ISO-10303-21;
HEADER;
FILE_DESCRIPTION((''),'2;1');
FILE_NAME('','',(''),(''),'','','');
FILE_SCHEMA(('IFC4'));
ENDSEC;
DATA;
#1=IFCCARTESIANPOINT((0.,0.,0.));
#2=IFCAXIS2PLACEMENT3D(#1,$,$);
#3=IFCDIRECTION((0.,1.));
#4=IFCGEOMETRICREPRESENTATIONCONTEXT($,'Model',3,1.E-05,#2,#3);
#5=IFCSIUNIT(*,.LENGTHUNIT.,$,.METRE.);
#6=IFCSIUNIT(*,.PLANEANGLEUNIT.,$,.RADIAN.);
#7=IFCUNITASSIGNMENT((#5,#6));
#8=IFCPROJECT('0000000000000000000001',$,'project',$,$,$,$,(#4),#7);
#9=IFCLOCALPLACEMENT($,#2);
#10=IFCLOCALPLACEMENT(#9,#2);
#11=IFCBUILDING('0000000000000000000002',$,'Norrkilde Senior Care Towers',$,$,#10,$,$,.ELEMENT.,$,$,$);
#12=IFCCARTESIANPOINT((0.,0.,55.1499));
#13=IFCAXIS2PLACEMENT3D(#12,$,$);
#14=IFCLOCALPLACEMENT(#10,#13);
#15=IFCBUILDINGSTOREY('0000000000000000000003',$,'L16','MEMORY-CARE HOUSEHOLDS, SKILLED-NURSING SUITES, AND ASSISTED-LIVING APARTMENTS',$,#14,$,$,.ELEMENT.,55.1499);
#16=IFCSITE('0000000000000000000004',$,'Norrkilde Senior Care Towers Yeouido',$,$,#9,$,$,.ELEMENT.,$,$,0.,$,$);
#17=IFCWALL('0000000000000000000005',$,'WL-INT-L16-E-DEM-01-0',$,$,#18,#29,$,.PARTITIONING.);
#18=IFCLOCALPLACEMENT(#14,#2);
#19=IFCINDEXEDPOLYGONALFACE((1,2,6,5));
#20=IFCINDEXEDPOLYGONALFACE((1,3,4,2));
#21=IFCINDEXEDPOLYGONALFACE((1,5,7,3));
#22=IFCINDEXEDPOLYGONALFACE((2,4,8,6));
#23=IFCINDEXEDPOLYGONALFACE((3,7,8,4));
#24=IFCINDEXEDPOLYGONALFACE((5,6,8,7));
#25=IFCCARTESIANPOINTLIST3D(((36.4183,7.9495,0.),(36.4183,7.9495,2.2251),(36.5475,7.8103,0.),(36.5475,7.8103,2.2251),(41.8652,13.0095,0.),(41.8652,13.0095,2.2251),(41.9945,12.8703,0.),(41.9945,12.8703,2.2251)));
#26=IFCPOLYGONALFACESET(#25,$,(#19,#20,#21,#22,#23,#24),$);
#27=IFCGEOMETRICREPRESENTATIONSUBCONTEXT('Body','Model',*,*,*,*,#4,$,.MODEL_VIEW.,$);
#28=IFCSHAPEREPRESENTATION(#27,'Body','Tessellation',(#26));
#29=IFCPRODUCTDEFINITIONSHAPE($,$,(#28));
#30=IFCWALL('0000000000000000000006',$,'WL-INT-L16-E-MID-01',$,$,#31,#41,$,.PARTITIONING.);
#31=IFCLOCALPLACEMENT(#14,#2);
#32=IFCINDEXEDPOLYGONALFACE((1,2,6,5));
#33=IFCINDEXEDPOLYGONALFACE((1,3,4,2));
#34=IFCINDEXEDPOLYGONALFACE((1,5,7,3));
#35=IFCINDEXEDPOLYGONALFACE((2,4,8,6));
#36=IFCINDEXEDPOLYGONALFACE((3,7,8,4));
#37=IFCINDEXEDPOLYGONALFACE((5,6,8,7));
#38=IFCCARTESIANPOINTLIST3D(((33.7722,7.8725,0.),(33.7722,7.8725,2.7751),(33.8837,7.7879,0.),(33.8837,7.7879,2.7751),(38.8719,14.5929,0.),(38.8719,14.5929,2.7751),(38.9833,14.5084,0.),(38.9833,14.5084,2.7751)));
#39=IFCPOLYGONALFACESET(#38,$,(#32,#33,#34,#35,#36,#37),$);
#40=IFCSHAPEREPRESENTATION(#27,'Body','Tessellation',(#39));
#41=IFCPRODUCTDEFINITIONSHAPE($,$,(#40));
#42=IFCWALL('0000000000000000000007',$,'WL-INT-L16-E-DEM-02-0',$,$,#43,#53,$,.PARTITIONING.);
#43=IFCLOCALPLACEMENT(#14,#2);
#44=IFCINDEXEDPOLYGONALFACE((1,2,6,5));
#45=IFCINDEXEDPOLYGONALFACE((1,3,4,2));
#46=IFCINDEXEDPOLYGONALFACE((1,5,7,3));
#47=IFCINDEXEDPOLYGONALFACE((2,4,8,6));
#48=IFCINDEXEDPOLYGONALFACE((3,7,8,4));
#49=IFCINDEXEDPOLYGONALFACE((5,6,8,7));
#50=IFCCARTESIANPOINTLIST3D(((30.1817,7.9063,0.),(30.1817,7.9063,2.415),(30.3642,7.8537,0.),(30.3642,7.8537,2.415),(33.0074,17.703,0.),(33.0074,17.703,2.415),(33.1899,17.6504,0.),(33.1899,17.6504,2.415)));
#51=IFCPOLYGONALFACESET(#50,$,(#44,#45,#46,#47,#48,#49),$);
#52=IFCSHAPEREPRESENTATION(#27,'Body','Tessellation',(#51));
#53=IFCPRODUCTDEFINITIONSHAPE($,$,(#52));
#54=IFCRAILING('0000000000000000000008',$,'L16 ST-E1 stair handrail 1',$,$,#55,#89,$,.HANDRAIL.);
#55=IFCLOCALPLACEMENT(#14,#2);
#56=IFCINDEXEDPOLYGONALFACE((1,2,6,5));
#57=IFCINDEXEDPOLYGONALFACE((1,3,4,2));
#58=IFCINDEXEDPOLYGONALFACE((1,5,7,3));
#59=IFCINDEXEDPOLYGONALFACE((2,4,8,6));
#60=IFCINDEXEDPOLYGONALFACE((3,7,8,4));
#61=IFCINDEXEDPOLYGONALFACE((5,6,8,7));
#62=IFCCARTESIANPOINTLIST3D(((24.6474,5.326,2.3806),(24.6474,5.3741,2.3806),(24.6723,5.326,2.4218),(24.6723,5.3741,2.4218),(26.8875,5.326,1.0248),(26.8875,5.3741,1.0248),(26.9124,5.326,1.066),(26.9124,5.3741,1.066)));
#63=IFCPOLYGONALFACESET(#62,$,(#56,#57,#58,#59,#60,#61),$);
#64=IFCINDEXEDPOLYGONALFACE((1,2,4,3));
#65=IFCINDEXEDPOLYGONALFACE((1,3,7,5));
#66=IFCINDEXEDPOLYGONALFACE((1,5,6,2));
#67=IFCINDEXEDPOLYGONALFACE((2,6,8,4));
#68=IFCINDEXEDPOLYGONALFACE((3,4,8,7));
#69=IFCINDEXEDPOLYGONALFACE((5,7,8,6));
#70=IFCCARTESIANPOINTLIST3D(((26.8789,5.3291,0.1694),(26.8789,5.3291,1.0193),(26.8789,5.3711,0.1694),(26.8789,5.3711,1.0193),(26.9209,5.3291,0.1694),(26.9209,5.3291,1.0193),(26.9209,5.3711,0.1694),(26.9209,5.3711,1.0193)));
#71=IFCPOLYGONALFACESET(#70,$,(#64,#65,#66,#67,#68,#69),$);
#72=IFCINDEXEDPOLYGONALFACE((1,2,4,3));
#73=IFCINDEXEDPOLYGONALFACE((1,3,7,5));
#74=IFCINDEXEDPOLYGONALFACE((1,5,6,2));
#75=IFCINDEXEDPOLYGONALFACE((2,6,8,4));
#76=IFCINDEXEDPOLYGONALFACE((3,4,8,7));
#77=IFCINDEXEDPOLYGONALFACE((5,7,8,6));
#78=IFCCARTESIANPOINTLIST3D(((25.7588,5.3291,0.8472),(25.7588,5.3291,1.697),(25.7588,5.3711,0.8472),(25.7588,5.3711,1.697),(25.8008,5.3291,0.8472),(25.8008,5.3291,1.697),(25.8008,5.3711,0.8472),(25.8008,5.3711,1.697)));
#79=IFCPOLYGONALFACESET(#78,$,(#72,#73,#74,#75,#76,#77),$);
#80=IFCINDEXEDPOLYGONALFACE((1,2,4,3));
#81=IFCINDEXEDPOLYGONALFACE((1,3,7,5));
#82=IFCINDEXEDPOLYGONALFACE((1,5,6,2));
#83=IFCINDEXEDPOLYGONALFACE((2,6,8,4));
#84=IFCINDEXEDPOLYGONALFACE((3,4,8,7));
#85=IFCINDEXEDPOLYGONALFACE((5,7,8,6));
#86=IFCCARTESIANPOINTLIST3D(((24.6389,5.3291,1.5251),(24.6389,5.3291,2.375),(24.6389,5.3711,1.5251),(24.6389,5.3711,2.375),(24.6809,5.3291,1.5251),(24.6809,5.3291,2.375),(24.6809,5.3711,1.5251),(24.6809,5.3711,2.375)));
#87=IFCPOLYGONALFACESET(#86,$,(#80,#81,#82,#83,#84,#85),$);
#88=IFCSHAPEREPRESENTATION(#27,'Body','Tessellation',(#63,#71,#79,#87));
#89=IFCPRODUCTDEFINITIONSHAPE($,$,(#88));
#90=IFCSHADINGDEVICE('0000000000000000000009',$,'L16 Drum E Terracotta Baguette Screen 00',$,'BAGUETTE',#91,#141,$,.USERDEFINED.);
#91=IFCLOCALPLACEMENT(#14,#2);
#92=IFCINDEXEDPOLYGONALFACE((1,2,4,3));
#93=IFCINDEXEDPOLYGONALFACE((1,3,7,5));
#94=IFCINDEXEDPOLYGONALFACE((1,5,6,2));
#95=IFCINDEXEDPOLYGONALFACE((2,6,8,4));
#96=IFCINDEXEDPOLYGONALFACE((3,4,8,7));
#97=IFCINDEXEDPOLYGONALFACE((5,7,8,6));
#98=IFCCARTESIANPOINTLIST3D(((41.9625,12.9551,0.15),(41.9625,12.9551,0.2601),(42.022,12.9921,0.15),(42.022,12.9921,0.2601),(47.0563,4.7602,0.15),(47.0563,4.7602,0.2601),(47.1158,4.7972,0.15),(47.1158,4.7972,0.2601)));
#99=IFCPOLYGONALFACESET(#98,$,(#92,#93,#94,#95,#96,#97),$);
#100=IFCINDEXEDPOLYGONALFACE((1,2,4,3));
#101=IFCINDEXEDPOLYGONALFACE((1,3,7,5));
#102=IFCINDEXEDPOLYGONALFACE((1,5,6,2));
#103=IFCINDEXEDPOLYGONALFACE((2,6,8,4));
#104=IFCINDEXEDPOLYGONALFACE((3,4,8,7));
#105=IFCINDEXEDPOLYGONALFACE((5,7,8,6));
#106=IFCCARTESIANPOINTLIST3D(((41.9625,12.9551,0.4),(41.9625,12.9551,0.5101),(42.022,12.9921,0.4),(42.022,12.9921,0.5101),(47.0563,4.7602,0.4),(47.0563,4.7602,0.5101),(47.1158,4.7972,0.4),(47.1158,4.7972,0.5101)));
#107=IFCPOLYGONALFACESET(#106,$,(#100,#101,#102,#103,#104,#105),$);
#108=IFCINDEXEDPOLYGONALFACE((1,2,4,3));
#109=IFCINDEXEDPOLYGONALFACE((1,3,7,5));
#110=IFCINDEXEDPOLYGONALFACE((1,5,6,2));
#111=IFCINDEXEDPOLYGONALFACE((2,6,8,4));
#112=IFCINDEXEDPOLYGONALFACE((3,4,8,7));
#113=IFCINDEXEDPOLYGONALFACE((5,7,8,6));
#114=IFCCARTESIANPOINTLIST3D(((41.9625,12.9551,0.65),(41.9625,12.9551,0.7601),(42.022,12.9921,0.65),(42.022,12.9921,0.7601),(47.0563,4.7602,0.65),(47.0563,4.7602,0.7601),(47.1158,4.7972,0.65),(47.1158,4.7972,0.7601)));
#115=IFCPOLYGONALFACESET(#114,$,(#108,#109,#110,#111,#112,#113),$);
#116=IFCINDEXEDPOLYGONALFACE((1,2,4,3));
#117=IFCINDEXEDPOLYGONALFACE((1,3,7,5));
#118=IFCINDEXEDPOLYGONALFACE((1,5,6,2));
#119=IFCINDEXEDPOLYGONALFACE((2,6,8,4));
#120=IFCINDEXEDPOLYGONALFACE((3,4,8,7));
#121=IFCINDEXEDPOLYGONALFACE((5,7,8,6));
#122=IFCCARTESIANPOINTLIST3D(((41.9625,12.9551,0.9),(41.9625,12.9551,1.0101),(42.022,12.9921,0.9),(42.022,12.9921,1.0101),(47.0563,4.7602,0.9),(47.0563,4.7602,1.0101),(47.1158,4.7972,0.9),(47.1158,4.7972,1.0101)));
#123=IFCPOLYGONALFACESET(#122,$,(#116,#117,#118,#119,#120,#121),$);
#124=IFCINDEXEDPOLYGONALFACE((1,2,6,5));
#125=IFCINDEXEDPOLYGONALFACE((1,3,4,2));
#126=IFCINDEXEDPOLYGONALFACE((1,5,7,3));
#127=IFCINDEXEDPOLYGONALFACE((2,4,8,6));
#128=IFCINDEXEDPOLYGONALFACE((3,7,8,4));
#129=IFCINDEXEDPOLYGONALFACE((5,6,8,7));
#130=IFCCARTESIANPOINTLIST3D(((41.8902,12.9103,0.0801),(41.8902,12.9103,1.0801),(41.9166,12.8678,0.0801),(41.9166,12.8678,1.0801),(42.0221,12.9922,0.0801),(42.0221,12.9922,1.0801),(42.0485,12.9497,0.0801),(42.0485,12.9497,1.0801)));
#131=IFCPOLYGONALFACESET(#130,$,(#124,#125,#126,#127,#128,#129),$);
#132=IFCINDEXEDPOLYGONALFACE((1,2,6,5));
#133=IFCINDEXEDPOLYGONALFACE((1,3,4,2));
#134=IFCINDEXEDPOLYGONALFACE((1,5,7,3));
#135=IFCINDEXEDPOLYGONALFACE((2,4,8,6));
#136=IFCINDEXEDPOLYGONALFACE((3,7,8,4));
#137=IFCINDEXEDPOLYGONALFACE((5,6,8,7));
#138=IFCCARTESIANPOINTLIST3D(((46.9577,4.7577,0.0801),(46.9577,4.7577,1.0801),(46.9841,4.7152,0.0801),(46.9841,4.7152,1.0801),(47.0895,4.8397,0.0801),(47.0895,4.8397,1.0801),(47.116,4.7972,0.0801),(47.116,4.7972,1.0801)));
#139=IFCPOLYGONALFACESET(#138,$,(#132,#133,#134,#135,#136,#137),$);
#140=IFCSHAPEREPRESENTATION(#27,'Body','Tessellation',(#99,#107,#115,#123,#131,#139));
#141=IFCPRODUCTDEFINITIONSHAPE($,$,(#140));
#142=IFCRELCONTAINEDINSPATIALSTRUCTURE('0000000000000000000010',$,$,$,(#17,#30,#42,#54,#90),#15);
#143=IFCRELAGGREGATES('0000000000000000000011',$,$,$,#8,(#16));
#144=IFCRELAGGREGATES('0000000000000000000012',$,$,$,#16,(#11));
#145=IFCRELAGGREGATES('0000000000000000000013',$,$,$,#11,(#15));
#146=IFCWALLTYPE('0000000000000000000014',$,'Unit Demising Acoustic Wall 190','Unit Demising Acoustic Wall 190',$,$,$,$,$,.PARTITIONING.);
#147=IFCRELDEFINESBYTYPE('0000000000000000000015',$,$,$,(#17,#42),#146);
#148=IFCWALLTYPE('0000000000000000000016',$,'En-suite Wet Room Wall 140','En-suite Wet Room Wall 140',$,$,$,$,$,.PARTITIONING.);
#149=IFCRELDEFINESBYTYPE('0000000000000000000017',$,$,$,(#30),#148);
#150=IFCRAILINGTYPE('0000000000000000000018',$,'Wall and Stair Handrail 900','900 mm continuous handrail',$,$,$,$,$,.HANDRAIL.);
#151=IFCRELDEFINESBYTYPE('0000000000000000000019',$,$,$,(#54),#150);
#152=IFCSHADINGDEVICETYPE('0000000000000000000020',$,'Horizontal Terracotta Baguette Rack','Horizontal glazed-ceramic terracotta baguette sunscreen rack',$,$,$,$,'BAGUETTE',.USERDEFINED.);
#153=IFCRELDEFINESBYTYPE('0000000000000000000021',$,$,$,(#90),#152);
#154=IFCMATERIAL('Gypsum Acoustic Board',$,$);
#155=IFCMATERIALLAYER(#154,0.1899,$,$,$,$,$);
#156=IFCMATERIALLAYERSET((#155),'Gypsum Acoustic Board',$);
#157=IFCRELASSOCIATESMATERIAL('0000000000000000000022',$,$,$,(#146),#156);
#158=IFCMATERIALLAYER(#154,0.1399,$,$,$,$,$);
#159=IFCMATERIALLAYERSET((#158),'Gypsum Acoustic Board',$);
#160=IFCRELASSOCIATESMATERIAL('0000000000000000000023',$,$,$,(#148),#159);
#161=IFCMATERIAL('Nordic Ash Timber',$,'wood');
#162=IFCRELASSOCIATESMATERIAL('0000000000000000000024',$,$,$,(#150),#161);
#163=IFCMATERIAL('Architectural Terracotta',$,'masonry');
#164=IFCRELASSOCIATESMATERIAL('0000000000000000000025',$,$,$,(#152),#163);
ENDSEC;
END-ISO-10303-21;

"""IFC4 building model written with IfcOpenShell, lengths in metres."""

from ifc_helpers import new_model, si_unit, direction, frame, frame_2d, origin, origin_2d, place, context, subcontext, project, spatial, rectangle, extrude, source, transform, mapped, material, layer, layer_set, type_object, type_shapes, element, save


model = new_model("IFC4")

# Units and contexts
model_context = context("Model", 3, precision=1e-05, world=origin(), true_north=direction((0.0, 1.0)))
body_context = subcontext(model_context, "Body", "Model", "MODEL_VIEW")
ifc_project = project(units=[si_unit("LENGTHUNIT", "METRE"), si_unit("PLANEANGLEUNIT", "RADIAN")], contexts=[model_context])

# Site, building, storey
site_placement = place(None, origin())
site = spatial("IfcSite", under=ifc_project, at=site_placement, Name="Norrkilde Senior Care Towers Yeouido", CompositionType="ELEMENT", RefElevation=0.0)
building_placement = place(site_placement, origin())
building = spatial("IfcBuilding", under=site, at=building_placement, Name="Norrkilde Senior Care Towers", CompositionType="ELEMENT")
storey_placement = place(building_placement, frame((0.0, 0.0, 55.1499)))
storey = spatial("IfcBuildingStorey", under=building, at=storey_placement, Name="L16", Description="MEMORY-CARE HOUSEHOLDS, SKILLED-NURSING SUITES, AND ASSISTED-LIVING APARTMENTS", CompositionType="ELEMENT", Elevation=55.1499)

# Shared definitions
ifc_material_1 = material(Name="Gypsum Acoustic Board")
ifc_material_2 = material(Name="Nordic Ash Timber", Category="wood")

# Walls
ifc_layer_1 = layer(ifc_material_1, 0.1899)
ifc_layer_set_1 = layer_set([ifc_layer_1], Name="Gypsum Acoustic Board")
wall_type_1 = type_object("IfcWallType", Name="Unit Demising Acoustic Wall 190", Description="Unit Demising Acoustic Wall 190", PredefinedType="PARTITIONING", material=ifc_layer_set_1)
shared_shape_1 = source(origin(), body_context, "Body", "SweptSolid", [
    extrude(rectangle(XDim=7.4346, YDim=0.1899, at=frame_2d((3.7173, 0.0))), origin(), (0.0, 0.0, 1.0), 2.2251),
])
wall_1_placement = place(storey_placement, frame((36.4829, 7.8799, 0.0), z_axis=(0.0, 0.0, 1.0), x_axis=(0.732652, 0.680603, 0.0)))
element("IfcWall", 1, at=wall_1_placement, inside=storey, type_object=wall_type_1, Name="WL-INT-L16-E-DEM-01-0", PredefinedType="PARTITIONING", context=body_context, shape_type="MappedRepresentation", body=[
    mapped(shared_shape_1, transform((0.0, 0.0, 0.0), x_axis=(1.0, 0.0, 0.0), y_axis=(0.0, 1.0, 0.0), z_axis=(0.0, 0.0, 1.0), scale=1.0)),
])
ifc_layer_2 = layer(ifc_material_1, 0.1399)
ifc_layer_set_2 = layer_set([ifc_layer_2], Name="Gypsum Acoustic Board")
wall_type_2 = type_object("IfcWallType", Name="En-suite Wet Room Wall 140", Description="En-suite Wet Room Wall 140", PredefinedType="PARTITIONING", material=ifc_layer_set_2)
shared_shape_2 = source(origin(), body_context, "Body", "SweptSolid", [
    extrude(rectangle(XDim=8.4363, YDim=0.1399, at=frame_2d((4.2183, 0.0))), origin(), (0.0, 0.0, 1.0), 2.7751),
])
type_shapes(wall_type_2, [shared_shape_2])
wall_2_placement = place(storey_placement, frame((33.8279, 7.8301, 0.0), z_axis=(0.0, 0.0, 1.0), x_axis=(0.604487, 0.796615, 0.0)))
element("IfcWall", 2, at=wall_2_placement, inside=storey, type_object=wall_type_2, Name="WL-INT-L16-E-MID-01", PredefinedType="PARTITIONING", context=body_context, shape_type="MappedRepresentation", body=[
    mapped(shared_shape_2, transform((0.0, 0.0, 0.0), x_axis=(1.0, 0.0, 0.0), y_axis=(0.0, 1.0, 0.0), z_axis=(0.0, 0.0, 1.0), scale=1.0)),
])
shared_shape_3 = source(origin(), body_context, "Body", "SweptSolid", [
    extrude(rectangle(XDim=10.196, YDim=0.1899, at=frame_2d((5.0981, 0.0))), origin(), (0.0, 0.0, 1.0), 2.415),
])
type_shapes(wall_type_1, [shared_shape_1, shared_shape_3])
wall_3_placement = place(storey_placement, frame((30.2729, 7.8799, 0.0), z_axis=(0.0, 0.0, 1.0), x_axis=(0.277136, 0.960831, 0.0)))
element("IfcWall", 3, at=wall_3_placement, inside=storey, type_object=wall_type_1, Name="WL-INT-L16-E-DEM-02-0", PredefinedType="PARTITIONING", context=body_context, shape_type="MappedRepresentation", body=[
    mapped(shared_shape_3, transform((0.0, 0.0, 0.0), x_axis=(1.0, 0.0, 0.0), y_axis=(0.0, 1.0, 0.0), z_axis=(0.0, 0.0, 1.0), scale=1.0)),
])

# Railing
railing_type = type_object("IfcRailingType", Name="Wall and Stair Handrail 900", Description="900 mm continuous handrail", PredefinedType="HANDRAIL", material=ifc_material_2)
railing_placement = place(storey_placement, frame((26.8999, 5.3501, 0.1694)))
element("IfcRailing", 4, at=railing_placement, inside=storey, type_object=railing_type, Name="L16 ST-E1 stair handrail 1", PredefinedType="HANDRAIL", context=body_context, shape_type="SweptSolid", body=[
    extrude(rectangle(XDim=0.0481, YDim=0.0481, at=origin_2d()), frame((0.0, 0.0, 0.876), z_axis=(-0.855512, 0.0, 0.517783), x_axis=(0.0, -1.0, 0.0)), (0.0, 0.0, 1.0), 2.6184),
    extrude(rectangle(XDim=0.042, YDim=0.042, at=origin_2d()), origin(), (0.0, 0.0, 1.0), 0.8499),
    extrude(rectangle(XDim=0.042, YDim=0.042, at=origin_2d()), frame((-1.1201, 0.0, 0.6777)), (0.0, 0.0, 1.0), 0.8499),
    extrude(rectangle(XDim=0.042, YDim=0.042, at=origin_2d()), frame((-2.24, 0.0, 1.3557)), (0.0, 0.0, 1.0), 0.8499),
])

# Shading device
ifc_material_3 = material(Name="Architectural Terracotta", Category="masonry")
shading_device_type = type_object("IfcShadingDeviceType", Name="Horizontal Terracotta Baguette Rack", Description="Horizontal glazed-ceramic terracotta baguette sunscreen rack", ElementType="BAGUETTE", PredefinedType="USERDEFINED", material=ifc_material_3)
shared_shape_4 = source(origin(), body_context, "Body", "SweptSolid", [
    extrude(rectangle(XDim=0.0701, YDim=0.1101, at=origin_2d()), frame((0.0, 0.0901, 0.125), z_axis=(1.0, 0.0, 0.0), x_axis=(0.0, 1.0, 0.0)), (0.0, 0.0, 1.0), 9.6489),
    extrude(rectangle(XDim=0.0701, YDim=0.1101, at=origin_2d()), frame((0.0, 0.0901, 0.375), z_axis=(1.0, 0.0, 0.0), x_axis=(0.0, 1.0, 0.0)), (0.0, 0.0, 1.0), 9.6489),
    extrude(rectangle(XDim=0.0701, YDim=0.1101, at=origin_2d()), frame((0.0, 0.0901, 0.625), z_axis=(1.0, 0.0, 0.0), x_axis=(0.0, 1.0, 0.0)), (0.0, 0.0, 1.0), 9.6489),
    extrude(rectangle(XDim=0.0701, YDim=0.1101, at=origin_2d()), frame((0.0, 0.0901, 0.875), z_axis=(1.0, 0.0, 0.0), x_axis=(0.0, 1.0, 0.0)), (0.0, 0.0, 1.0), 9.6489),
    extrude(rectangle(XDim=0.05, YDim=0.1553, at=origin_2d()), frame((0.0249, 0.0476, 0.0)), (0.0, 0.0, 1.0), 1.0),
    extrude(rectangle(XDim=0.05, YDim=0.1553, at=origin_2d()), frame((9.624, 0.0476, 0.0)), (0.0, 0.0, 1.0), 1.0),
])
type_shapes(shading_device_type, [shared_shape_4])
shading_device_placement = place(storey_placement, frame((41.9158, 12.926, 0.0801), z_axis=(0.0, 0.0, 1.0), x_axis=(0.527909, -0.849299, 0.0)))
element("IfcShadingDevice", 5, at=shading_device_placement, inside=storey, type_object=shading_device_type, Name="L16 Drum E Terracotta Baguette Screen 00", ObjectType="BAGUETTE", PredefinedType="USERDEFINED", context=body_context, shape_type="MappedRepresentation", body=[
    mapped(shared_shape_4, transform((0.0, 0.0, 0.0), x_axis=(1.0, 0.0, 0.0), y_axis=(0.0, 1.0, 0.0), z_axis=(0.0, 0.0, 1.0), scale=1.0)),
])

save(model, "model.ifc")
